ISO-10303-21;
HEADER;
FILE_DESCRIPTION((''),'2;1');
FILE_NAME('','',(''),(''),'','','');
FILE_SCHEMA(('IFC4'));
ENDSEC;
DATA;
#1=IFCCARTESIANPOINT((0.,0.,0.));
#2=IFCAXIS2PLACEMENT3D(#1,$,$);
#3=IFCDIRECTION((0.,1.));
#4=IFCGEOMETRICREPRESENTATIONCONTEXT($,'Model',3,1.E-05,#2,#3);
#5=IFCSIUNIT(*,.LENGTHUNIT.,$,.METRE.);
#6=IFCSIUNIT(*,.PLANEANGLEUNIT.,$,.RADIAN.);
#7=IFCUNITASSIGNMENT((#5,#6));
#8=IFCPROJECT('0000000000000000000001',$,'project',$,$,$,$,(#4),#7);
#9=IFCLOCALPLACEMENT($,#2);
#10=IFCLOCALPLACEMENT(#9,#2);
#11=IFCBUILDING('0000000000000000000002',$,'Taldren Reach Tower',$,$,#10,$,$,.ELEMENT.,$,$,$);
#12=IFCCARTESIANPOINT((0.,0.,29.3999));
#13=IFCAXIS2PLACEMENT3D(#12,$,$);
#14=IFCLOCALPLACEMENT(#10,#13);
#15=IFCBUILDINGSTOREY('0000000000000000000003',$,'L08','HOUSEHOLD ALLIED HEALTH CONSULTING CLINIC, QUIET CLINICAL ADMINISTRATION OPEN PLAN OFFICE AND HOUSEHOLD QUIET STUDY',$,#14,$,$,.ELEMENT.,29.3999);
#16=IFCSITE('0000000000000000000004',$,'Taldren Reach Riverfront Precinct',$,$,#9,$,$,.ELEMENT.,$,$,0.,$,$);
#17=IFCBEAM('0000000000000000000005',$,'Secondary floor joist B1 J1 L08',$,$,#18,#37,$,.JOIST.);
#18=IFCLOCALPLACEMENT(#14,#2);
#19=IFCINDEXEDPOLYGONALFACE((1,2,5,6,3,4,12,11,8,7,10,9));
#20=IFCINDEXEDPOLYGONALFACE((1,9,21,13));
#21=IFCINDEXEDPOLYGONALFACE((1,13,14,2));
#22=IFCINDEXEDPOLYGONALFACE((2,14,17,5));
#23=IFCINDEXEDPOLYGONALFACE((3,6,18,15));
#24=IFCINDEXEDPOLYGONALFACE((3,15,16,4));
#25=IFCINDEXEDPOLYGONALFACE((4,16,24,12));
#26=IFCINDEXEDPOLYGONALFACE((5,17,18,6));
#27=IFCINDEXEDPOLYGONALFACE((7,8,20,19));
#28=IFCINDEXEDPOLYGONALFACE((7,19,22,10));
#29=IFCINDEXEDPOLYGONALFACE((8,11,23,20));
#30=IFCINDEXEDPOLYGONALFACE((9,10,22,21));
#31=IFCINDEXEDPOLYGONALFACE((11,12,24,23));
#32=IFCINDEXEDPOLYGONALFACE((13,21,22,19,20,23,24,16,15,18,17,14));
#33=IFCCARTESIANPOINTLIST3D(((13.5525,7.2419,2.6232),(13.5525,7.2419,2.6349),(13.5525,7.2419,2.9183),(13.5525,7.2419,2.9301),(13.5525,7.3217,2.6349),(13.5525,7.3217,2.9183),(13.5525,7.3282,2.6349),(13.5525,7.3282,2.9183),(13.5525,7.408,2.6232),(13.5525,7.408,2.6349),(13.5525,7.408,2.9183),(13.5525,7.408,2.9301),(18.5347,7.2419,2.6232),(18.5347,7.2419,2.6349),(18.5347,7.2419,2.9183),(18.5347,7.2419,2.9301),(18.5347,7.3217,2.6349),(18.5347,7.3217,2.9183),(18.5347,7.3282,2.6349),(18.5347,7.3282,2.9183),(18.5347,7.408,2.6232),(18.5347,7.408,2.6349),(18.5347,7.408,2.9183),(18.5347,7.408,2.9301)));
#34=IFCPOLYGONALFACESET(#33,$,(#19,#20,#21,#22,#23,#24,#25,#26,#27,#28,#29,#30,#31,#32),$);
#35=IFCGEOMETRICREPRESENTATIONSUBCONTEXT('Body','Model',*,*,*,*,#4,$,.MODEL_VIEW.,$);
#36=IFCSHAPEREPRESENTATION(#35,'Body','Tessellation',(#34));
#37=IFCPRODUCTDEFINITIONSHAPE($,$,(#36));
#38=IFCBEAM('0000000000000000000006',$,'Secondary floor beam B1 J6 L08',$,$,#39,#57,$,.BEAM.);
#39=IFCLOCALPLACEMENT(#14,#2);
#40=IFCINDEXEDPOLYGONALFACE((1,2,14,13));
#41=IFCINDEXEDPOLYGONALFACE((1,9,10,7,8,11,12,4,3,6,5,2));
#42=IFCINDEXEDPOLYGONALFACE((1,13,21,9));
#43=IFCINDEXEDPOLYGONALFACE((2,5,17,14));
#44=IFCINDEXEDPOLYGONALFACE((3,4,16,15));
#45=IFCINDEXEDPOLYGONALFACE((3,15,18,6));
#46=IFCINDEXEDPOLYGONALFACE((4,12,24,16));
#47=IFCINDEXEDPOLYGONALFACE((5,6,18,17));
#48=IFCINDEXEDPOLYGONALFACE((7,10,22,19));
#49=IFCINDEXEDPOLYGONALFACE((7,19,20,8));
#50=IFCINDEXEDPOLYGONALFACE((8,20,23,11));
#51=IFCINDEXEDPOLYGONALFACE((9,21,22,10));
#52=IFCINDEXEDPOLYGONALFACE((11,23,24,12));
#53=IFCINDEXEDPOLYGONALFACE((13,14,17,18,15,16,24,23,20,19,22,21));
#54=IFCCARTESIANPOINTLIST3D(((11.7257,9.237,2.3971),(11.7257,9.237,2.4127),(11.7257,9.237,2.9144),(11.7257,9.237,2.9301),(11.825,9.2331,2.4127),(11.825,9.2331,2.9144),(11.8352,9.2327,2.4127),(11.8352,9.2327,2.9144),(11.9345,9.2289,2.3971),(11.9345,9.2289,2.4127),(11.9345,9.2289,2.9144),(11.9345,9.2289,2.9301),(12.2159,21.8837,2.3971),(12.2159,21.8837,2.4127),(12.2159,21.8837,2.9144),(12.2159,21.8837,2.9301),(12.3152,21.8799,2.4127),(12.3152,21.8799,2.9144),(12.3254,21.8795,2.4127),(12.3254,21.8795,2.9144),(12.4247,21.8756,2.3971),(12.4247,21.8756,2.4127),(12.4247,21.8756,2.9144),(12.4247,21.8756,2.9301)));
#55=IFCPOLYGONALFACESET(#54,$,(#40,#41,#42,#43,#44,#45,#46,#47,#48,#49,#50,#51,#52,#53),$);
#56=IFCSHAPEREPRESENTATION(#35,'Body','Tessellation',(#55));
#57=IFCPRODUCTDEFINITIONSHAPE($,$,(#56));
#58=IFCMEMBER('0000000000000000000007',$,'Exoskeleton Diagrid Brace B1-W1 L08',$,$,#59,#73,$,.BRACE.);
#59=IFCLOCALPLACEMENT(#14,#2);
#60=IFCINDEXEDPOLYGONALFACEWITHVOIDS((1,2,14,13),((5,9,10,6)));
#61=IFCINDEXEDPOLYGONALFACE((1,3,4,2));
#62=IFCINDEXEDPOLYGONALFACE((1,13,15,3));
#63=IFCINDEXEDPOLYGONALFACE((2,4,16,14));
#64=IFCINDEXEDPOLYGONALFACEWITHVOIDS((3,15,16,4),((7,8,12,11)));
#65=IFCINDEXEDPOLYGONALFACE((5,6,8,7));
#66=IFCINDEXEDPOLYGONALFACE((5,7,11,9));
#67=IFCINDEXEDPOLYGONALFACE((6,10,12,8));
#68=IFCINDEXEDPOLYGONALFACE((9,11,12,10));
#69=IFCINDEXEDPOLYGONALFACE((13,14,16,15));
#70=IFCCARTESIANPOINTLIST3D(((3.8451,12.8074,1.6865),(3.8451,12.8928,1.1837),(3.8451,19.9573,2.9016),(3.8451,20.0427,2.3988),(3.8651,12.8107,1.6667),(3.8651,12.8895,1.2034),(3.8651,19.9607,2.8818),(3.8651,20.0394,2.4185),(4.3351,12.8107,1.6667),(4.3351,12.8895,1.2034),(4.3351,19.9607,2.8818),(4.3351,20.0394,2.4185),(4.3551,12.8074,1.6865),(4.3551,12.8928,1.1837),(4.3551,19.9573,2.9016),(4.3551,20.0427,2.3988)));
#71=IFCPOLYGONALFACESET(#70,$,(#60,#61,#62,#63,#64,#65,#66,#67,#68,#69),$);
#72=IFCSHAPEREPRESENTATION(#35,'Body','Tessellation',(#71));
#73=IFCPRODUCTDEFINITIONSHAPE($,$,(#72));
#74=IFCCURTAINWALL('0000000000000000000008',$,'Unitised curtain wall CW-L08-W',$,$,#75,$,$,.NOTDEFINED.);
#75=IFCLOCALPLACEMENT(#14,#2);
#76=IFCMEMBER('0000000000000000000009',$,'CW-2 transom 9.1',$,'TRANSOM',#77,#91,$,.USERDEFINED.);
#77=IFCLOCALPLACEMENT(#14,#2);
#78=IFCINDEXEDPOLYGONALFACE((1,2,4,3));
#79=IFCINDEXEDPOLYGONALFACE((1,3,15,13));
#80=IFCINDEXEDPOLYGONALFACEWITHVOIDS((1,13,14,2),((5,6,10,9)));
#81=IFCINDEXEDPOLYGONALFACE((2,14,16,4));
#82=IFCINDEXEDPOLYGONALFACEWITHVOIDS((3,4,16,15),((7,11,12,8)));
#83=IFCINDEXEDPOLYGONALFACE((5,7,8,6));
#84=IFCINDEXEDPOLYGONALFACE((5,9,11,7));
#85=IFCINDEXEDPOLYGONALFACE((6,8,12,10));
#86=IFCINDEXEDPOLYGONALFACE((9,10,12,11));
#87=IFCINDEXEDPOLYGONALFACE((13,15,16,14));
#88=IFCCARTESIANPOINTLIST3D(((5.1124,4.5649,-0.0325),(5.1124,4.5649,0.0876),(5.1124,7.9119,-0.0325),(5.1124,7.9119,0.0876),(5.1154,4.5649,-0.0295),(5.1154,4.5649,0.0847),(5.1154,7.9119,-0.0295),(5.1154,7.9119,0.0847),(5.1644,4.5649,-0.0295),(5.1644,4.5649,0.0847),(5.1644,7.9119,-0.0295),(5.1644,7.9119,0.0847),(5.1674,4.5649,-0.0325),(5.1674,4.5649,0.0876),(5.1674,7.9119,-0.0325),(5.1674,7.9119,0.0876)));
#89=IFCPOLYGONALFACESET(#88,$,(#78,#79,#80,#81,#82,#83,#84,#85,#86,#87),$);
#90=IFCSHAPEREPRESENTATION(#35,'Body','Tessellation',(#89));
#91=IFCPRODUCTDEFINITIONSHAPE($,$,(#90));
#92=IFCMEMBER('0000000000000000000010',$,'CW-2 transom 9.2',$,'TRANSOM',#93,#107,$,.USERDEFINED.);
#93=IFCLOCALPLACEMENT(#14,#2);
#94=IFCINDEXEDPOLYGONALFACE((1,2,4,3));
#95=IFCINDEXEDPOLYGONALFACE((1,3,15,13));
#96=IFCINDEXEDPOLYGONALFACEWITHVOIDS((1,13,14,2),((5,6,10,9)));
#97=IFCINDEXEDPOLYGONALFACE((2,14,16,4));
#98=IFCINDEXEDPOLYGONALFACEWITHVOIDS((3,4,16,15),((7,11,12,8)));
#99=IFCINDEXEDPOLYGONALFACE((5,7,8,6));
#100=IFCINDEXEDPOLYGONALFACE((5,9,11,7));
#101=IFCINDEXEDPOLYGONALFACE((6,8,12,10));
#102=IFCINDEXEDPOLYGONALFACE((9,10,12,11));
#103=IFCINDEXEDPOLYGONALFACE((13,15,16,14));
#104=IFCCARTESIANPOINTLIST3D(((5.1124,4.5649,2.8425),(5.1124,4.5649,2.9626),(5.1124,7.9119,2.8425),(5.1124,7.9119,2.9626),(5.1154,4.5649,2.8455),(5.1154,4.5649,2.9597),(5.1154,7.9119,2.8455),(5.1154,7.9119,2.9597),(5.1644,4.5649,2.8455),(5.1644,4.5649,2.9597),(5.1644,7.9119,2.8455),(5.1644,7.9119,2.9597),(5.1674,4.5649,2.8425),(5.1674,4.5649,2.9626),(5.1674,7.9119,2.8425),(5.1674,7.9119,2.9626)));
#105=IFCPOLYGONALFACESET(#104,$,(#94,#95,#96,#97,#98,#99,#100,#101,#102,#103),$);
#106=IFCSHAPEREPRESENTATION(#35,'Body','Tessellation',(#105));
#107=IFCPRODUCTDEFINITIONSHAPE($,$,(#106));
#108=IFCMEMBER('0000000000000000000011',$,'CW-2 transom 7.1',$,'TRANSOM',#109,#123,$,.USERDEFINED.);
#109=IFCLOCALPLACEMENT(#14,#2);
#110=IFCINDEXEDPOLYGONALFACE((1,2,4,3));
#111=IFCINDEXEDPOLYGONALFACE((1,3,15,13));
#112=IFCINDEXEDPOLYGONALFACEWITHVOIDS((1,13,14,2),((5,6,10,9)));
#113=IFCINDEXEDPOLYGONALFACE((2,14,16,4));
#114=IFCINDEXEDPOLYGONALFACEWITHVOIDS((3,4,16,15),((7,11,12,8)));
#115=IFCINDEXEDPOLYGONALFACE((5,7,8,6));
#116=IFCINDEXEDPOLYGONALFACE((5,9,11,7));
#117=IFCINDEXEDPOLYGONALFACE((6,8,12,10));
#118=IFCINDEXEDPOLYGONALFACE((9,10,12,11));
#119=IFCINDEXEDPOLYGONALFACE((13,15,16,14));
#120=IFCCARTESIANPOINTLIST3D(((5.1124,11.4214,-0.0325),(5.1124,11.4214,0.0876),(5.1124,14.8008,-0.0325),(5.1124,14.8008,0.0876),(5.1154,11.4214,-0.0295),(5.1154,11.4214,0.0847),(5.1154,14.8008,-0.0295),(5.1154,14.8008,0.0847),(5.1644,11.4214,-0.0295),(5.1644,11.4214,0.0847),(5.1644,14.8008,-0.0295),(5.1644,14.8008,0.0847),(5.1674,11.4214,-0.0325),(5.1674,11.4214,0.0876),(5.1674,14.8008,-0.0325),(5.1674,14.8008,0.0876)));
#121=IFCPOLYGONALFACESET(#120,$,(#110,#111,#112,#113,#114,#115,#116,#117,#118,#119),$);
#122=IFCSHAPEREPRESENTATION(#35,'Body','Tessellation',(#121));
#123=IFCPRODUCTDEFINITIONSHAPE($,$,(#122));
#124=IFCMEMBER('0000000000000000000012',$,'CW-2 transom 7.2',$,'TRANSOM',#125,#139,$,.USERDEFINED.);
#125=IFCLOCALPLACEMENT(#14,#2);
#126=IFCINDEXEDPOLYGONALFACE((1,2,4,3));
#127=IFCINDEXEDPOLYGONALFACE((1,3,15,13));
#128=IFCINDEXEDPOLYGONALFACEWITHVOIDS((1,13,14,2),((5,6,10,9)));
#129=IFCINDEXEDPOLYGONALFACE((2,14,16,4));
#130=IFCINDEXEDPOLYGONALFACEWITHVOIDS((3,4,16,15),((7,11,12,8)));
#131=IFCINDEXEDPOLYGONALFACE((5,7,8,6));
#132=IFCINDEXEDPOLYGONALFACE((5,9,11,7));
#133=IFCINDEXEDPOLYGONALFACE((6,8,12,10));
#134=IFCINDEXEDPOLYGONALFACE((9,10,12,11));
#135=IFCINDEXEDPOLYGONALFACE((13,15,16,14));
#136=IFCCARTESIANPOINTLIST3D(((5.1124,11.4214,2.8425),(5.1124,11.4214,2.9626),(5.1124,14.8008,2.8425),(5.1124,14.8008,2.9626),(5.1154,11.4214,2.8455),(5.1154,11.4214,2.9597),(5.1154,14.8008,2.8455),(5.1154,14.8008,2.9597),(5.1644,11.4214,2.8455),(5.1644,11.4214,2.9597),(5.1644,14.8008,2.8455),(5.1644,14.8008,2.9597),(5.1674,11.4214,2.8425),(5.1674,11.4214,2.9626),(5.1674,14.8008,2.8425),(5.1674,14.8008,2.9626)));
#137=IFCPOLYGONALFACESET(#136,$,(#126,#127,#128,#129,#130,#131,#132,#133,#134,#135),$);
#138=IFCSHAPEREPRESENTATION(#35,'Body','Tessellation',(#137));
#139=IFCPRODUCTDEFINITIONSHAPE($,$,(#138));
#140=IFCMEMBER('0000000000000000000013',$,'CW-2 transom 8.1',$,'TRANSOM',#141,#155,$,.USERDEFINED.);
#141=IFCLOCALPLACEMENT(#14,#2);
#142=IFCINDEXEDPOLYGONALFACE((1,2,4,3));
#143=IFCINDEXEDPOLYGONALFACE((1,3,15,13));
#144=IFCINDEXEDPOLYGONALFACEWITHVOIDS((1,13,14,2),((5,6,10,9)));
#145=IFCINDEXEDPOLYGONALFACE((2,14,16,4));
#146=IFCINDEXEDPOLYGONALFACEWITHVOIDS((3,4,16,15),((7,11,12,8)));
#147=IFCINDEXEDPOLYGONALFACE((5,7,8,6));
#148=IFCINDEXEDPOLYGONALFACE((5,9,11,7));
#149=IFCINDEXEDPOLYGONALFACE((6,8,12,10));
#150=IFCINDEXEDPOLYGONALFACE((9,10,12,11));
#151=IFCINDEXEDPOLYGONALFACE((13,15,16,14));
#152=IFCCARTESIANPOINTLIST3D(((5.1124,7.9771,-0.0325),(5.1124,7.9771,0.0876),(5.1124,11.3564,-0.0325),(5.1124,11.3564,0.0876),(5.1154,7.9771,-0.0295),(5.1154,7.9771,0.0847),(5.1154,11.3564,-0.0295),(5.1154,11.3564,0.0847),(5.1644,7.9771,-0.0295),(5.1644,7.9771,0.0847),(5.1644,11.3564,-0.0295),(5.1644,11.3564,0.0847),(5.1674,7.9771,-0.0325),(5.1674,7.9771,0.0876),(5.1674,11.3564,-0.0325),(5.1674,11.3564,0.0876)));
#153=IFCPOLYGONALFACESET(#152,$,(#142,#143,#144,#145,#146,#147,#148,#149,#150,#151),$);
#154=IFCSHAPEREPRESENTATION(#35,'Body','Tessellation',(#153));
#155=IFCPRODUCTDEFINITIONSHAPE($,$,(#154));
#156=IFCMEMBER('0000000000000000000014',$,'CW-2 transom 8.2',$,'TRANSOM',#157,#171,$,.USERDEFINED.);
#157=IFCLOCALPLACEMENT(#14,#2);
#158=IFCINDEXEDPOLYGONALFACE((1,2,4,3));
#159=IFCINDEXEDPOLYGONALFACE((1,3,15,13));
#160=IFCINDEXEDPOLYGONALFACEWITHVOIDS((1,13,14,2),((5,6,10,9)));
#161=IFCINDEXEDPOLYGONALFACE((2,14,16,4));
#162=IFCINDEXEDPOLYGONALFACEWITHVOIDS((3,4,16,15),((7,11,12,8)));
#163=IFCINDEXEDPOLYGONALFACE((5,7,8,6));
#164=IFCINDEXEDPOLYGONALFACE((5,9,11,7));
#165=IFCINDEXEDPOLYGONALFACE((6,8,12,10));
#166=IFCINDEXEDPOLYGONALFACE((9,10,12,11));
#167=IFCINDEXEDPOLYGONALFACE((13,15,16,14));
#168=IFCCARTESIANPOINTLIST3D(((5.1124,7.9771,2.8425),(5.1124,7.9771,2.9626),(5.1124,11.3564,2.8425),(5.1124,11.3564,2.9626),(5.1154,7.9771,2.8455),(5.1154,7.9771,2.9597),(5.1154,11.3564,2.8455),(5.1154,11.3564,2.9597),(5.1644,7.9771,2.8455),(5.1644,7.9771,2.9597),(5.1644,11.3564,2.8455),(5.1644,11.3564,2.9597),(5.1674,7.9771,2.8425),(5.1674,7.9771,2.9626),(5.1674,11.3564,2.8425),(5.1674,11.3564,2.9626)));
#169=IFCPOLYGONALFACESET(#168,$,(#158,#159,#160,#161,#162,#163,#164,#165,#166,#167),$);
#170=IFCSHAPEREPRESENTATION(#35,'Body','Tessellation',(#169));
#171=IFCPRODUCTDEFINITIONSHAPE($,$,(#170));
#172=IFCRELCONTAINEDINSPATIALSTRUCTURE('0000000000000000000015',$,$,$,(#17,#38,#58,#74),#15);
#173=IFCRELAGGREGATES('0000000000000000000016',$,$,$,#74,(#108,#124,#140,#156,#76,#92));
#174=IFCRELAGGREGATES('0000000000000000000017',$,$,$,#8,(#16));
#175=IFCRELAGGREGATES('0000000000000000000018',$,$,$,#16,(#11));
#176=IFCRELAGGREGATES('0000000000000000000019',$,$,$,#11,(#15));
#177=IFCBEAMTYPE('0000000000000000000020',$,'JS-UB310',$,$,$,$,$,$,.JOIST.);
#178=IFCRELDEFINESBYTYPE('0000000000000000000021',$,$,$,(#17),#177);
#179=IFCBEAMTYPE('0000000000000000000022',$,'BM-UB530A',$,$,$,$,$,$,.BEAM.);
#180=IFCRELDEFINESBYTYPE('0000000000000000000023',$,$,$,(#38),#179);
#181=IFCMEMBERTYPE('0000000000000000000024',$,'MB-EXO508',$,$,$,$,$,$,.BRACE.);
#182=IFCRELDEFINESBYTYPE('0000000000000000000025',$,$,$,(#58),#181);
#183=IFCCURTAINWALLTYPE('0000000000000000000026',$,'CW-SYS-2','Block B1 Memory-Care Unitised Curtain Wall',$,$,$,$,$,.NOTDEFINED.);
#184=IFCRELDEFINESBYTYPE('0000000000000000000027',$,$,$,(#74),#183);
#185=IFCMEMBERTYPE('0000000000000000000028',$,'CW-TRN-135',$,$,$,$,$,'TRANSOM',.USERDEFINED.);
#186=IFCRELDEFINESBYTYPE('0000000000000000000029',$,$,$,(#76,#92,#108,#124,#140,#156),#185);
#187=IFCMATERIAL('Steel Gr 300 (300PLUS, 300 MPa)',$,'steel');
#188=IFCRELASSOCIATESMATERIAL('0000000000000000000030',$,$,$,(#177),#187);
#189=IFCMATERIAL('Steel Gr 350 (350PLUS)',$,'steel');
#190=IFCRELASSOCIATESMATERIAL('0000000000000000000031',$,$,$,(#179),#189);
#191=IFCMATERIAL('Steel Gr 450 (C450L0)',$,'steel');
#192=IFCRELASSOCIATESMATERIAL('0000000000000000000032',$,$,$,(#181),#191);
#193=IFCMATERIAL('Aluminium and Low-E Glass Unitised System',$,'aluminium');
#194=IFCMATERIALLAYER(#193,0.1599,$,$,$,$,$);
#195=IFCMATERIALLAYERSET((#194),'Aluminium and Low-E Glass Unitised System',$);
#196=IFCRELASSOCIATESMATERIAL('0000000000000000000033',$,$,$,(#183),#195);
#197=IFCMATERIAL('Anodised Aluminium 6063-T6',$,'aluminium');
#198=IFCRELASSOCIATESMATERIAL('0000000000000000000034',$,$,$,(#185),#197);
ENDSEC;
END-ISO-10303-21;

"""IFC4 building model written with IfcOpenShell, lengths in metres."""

from ifc_helpers import new_model, si_unit, direction, frame, origin, origin_2d, place, context, subcontext, project, spatial, hollow_rectangle, i_section, extrude, source, transform, mapped, material, layer, layer_set, material_profile, profile_set, type_object, element, aggregate, save


model = new_model("IFC4")

# Units and contexts
model_context = context("Model", 3, precision=1e-05, world=origin(), true_north=direction((0.0, 1.0)))
body_context = subcontext(model_context, "Body", "Model", "MODEL_VIEW")
ifc_project = project(units=[si_unit("LENGTHUNIT", "METRE"), si_unit("PLANEANGLEUNIT", "RADIAN")], contexts=[model_context])

# Site, building, storey
site_placement = place(None, origin())
site = spatial("IfcSite", under=ifc_project, at=site_placement, Name="Taldren Reach Riverfront Precinct", CompositionType="ELEMENT", RefElevation=0.0)
building_placement = place(site_placement, origin())
building = spatial("IfcBuilding", under=site, at=building_placement, Name="Taldren Reach Tower", CompositionType="ELEMENT")
storey_placement = place(building_placement, frame((0.0, 0.0, 29.3999)))
storey = spatial("IfcBuildingStorey", under=building, at=storey_placement, Name="L08", Description="HOUSEHOLD ALLIED HEALTH CONSULTING CLINIC, QUIET CLINICAL ADMINISTRATION OPEN PLAN OFFICE AND HOUSEHOLD QUIET STUDY", CompositionType="ELEMENT", Elevation=29.3999)

# Beams
ifc_material_1 = material(Name="Steel Gr 300 (300PLUS, 300 MPa)", Category="steel")
ifc_material_profile_1 = material_profile(ifc_material_1, i_section(OverallWidth=0.166, OverallDepth=0.3069, WebThickness=0.0066, FlangeThickness=0.0117, at=origin_2d()), Name="310UB46.2")
ifc_profile_set_1 = profile_set([ifc_material_profile_1], Name="Steel Gr 300 (300PLUS, 300 MPa)")
beam_type_1 = type_object("IfcBeamType", Name="JS-UB310", PredefinedType="JOIST", material=ifc_profile_set_1)
shared_shape_1 = source(origin(), body_context, "Body", "SweptSolid", [
    extrude(i_section(OverallWidth=0.166, OverallDepth=0.3069, WebThickness=0.0066, FlangeThickness=0.0117, at=origin_2d()), origin(), (0.0, 0.0, 1.0), 4.9822),
])
beam_1_placement = place(storey_placement, frame((13.5525, 7.325, 2.7766), z_axis=(1.0, 0.0, 0.0), x_axis=(0.0, 1.0, 0.0)))
element("IfcBeam", 1, at=beam_1_placement, inside=storey, type_object=beam_type_1, Name="Secondary floor joist B1 J1 L08", PredefinedType="JOIST", context=body_context, shape_type="MappedRepresentation", body=[
    mapped(shared_shape_1, transform((0.0, 0.0, 0.0), scale=1.0)),
])
ifc_material_2 = material(Name="Steel Gr 350 (350PLUS)", Category="steel")
ifc_material_profile_2 = material_profile(ifc_material_2, i_section(OverallWidth=0.209, OverallDepth=0.533, WebThickness=0.0103, FlangeThickness=0.0156, at=origin_2d()), Name="530UB92.4")
ifc_profile_set_2 = profile_set([ifc_material_profile_2], Name="Steel Gr 350 (350PLUS)")
beam_type_2 = type_object("IfcBeamType", Name="BM-UB530A", PredefinedType="BEAM", material=ifc_profile_set_2)
shared_shape_2 = source(origin(), body_context, "Body", "SweptSolid", [
    extrude(i_section(OverallWidth=0.209, OverallDepth=0.533, WebThickness=0.0103, FlangeThickness=0.0156, at=origin_2d()), origin(), (0.0, 0.0, 1.0), 12.6562),
])
beam_2_placement = place(storey_placement, frame((11.8301, 9.2329, 2.6636), z_axis=(0.038735, 0.99925, 0.0), x_axis=(-0.99925, 0.038735, 0.0)))
element("IfcBeam", 2, at=beam_2_placement, inside=storey, type_object=beam_type_2, Name="Secondary floor beam B1 J6 L08", PredefinedType="BEAM", context=body_context, shape_type="MappedRepresentation", body=[
    mapped(shared_shape_2, transform((0.0, 0.0, 0.0), scale=1.0)),
])

# Member
ifc_material_3 = material(Name="Steel Gr 450 (C450L0)", Category="steel")
ifc_material_profile_3 = material_profile(ifc_material_3, hollow_rectangle(XDim=0.51, YDim=0.51, WallThickness=0.02, at=origin_2d()), Name="510x510x20.0SHS")
ifc_profile_set_3 = profile_set([ifc_material_profile_3], Name="Steel Gr 450 (C450L0)")
member_type_1 = type_object("IfcMemberType", Name="MB-EXO508", PredefinedType="BRACE", material=ifc_profile_set_3)
shared_shape_3 = source(origin(), body_context, "Body", "SweptSolid", [
    extrude(hollow_rectangle(XDim=0.51, YDim=0.51, WallThickness=0.02, at=origin_2d()), origin(), (0.0, 0.0, 1.0), 7.2524),
])
member_1_placement = place(storey_placement, frame((4.1001, 12.8501, 1.4351), z_axis=(0.0, 0.985865, 0.167542), x_axis=(-1.0, 0.0, 0.0)))
element("IfcMember", 3, at=member_1_placement, inside=storey, type_object=member_type_1, Name="Exoskeleton Diagrid Brace B1-W1 L08", PredefinedType="BRACE", context=body_context, shape_type="MappedRepresentation", body=[
    mapped(shared_shape_3, transform((0.0, 0.0, 0.0), scale=1.0)),
])

# Curtain wall, members
ifc_material_4 = material(Name="Aluminium and Low-E Glass Unitised System", Category="aluminium")
ifc_layer_1 = layer(ifc_material_4, 0.1599)
ifc_layer_set_1 = layer_set([ifc_layer_1], Name="Aluminium and Low-E Glass Unitised System")
curtain_wall_type = type_object("IfcCurtainWallType", Name="CW-SYS-2", Description="Block B1 Memory-Care Unitised Curtain Wall", PredefinedType="NOTDEFINED", material=ifc_layer_set_1)
curtain_wall_placement = place(storey_placement, origin())
curtain_wall = element("IfcCurtainWall", 4, at=curtain_wall_placement, inside=storey, type_object=curtain_wall_type, Name="Unitised curtain wall CW-L08-W", PredefinedType="NOTDEFINED")
ifc_material_5 = material(Name="Anodised Aluminium 6063-T6", Category="aluminium")
ifc_material_profile_4 = material_profile(ifc_material_5, hollow_rectangle(XDim=0.0549, YDim=0.1201, WallThickness=0.0029, at=origin_2d()), Name="ALU-120x55x3RHS")
ifc_profile_set_4 = profile_set([ifc_material_profile_4], Name="Anodised Aluminium 6063-T6")
member_type_2 = type_object("IfcMemberType", Name="CW-TRN-135", ElementType="TRANSOM", PredefinedType="USERDEFINED", material=ifc_profile_set_4)
shared_shape_4 = source(origin(), body_context, "Body", "SweptSolid", [
    extrude(hollow_rectangle(XDim=0.0549, YDim=0.1201, WallThickness=0.0029, at=origin_2d()), origin(), (0.0, 0.0, 1.0), 3.3469),
])
member_2_placement = place(storey_placement, frame((5.1399, 7.9119, 0.0276), z_axis=(0.0, -1.0, 0.0), x_axis=(1.0, 0.0, 0.0)))
member_2 = element("IfcMember", 5, at=member_2_placement, type_object=member_type_2, Name="CW-2 transom 9.1", ObjectType="TRANSOM", PredefinedType="USERDEFINED", context=body_context, shape_type="MappedRepresentation", body=[
    mapped(shared_shape_4, transform((0.0, 0.0, 0.0), scale=1.0)),
])
member_3_placement = place(storey_placement, frame((5.1399, 7.9119, 2.9026), z_axis=(0.0, -1.0, 0.0), x_axis=(1.0, 0.0, 0.0)))
member_3 = element("IfcMember", 6, at=member_3_placement, type_object=member_type_2, Name="CW-2 transom 9.2", ObjectType="TRANSOM", PredefinedType="USERDEFINED", context=body_context, shape_type="MappedRepresentation", body=[
    mapped(shared_shape_4, transform((0.0, 0.0, 0.0), scale=1.0)),
])
shared_shape_5 = source(origin(), body_context, "Body", "SweptSolid", [
    extrude(hollow_rectangle(XDim=0.0549, YDim=0.1201, WallThickness=0.0029, at=origin_2d()), origin(), (0.0, 0.0, 1.0), 3.3794),
])
member_4_placement = place(storey_placement, frame((5.1399, 14.8008, 0.0276), z_axis=(0.0, -1.0, 0.0), x_axis=(1.0, 0.0, 0.0)))
member_4 = element("IfcMember", 7, at=member_4_placement, type_object=member_type_2, Name="CW-2 transom 7.1", ObjectType="TRANSOM", PredefinedType="USERDEFINED", context=body_context, shape_type="MappedRepresentation", body=[
    mapped(shared_shape_5, transform((0.0, 0.0, 0.0), scale=1.0)),
])
member_5_placement = place(storey_placement, frame((5.1399, 14.8008, 2.9026), z_axis=(0.0, -1.0, 0.0), x_axis=(1.0, 0.0, 0.0)))
member_5 = element("IfcMember", 8, at=member_5_placement, type_object=member_type_2, Name="CW-2 transom 7.2", ObjectType="TRANSOM", PredefinedType="USERDEFINED", context=body_context, shape_type="MappedRepresentation", body=[
    mapped(shared_shape_5, transform((0.0, 0.0, 0.0), scale=1.0)),
])
member_6_placement = place(storey_placement, frame((5.1399, 11.3564, 0.0276), z_axis=(0.0, -1.0, 0.0), x_axis=(1.0, 0.0, 0.0)))
member_6 = element("IfcMember", 9, at=member_6_placement, type_object=member_type_2, Name="CW-2 transom 8.1", ObjectType="TRANSOM", PredefinedType="USERDEFINED", context=body_context, shape_type="MappedRepresentation", body=[
    mapped(shared_shape_5, transform((0.0, 0.0, 0.0), scale=1.0)),
])
member_7_placement = place(storey_placement, frame((5.1399, 11.3564, 2.9026), z_axis=(0.0, -1.0, 0.0), x_axis=(1.0, 0.0, 0.0)))
member_7 = element("IfcMember", 10, at=member_7_placement, type_object=member_type_2, Name="CW-2 transom 8.2", ObjectType="TRANSOM", PredefinedType="USERDEFINED", context=body_context, shape_type="MappedRepresentation", body=[
    mapped(shared_shape_5, transform((0.0, 0.0, 0.0), scale=1.0)),
])
aggregate(curtain_wall, [member_4, member_5, member_6, member_7, member_2, member_3])

save(model, "model.ifc")
